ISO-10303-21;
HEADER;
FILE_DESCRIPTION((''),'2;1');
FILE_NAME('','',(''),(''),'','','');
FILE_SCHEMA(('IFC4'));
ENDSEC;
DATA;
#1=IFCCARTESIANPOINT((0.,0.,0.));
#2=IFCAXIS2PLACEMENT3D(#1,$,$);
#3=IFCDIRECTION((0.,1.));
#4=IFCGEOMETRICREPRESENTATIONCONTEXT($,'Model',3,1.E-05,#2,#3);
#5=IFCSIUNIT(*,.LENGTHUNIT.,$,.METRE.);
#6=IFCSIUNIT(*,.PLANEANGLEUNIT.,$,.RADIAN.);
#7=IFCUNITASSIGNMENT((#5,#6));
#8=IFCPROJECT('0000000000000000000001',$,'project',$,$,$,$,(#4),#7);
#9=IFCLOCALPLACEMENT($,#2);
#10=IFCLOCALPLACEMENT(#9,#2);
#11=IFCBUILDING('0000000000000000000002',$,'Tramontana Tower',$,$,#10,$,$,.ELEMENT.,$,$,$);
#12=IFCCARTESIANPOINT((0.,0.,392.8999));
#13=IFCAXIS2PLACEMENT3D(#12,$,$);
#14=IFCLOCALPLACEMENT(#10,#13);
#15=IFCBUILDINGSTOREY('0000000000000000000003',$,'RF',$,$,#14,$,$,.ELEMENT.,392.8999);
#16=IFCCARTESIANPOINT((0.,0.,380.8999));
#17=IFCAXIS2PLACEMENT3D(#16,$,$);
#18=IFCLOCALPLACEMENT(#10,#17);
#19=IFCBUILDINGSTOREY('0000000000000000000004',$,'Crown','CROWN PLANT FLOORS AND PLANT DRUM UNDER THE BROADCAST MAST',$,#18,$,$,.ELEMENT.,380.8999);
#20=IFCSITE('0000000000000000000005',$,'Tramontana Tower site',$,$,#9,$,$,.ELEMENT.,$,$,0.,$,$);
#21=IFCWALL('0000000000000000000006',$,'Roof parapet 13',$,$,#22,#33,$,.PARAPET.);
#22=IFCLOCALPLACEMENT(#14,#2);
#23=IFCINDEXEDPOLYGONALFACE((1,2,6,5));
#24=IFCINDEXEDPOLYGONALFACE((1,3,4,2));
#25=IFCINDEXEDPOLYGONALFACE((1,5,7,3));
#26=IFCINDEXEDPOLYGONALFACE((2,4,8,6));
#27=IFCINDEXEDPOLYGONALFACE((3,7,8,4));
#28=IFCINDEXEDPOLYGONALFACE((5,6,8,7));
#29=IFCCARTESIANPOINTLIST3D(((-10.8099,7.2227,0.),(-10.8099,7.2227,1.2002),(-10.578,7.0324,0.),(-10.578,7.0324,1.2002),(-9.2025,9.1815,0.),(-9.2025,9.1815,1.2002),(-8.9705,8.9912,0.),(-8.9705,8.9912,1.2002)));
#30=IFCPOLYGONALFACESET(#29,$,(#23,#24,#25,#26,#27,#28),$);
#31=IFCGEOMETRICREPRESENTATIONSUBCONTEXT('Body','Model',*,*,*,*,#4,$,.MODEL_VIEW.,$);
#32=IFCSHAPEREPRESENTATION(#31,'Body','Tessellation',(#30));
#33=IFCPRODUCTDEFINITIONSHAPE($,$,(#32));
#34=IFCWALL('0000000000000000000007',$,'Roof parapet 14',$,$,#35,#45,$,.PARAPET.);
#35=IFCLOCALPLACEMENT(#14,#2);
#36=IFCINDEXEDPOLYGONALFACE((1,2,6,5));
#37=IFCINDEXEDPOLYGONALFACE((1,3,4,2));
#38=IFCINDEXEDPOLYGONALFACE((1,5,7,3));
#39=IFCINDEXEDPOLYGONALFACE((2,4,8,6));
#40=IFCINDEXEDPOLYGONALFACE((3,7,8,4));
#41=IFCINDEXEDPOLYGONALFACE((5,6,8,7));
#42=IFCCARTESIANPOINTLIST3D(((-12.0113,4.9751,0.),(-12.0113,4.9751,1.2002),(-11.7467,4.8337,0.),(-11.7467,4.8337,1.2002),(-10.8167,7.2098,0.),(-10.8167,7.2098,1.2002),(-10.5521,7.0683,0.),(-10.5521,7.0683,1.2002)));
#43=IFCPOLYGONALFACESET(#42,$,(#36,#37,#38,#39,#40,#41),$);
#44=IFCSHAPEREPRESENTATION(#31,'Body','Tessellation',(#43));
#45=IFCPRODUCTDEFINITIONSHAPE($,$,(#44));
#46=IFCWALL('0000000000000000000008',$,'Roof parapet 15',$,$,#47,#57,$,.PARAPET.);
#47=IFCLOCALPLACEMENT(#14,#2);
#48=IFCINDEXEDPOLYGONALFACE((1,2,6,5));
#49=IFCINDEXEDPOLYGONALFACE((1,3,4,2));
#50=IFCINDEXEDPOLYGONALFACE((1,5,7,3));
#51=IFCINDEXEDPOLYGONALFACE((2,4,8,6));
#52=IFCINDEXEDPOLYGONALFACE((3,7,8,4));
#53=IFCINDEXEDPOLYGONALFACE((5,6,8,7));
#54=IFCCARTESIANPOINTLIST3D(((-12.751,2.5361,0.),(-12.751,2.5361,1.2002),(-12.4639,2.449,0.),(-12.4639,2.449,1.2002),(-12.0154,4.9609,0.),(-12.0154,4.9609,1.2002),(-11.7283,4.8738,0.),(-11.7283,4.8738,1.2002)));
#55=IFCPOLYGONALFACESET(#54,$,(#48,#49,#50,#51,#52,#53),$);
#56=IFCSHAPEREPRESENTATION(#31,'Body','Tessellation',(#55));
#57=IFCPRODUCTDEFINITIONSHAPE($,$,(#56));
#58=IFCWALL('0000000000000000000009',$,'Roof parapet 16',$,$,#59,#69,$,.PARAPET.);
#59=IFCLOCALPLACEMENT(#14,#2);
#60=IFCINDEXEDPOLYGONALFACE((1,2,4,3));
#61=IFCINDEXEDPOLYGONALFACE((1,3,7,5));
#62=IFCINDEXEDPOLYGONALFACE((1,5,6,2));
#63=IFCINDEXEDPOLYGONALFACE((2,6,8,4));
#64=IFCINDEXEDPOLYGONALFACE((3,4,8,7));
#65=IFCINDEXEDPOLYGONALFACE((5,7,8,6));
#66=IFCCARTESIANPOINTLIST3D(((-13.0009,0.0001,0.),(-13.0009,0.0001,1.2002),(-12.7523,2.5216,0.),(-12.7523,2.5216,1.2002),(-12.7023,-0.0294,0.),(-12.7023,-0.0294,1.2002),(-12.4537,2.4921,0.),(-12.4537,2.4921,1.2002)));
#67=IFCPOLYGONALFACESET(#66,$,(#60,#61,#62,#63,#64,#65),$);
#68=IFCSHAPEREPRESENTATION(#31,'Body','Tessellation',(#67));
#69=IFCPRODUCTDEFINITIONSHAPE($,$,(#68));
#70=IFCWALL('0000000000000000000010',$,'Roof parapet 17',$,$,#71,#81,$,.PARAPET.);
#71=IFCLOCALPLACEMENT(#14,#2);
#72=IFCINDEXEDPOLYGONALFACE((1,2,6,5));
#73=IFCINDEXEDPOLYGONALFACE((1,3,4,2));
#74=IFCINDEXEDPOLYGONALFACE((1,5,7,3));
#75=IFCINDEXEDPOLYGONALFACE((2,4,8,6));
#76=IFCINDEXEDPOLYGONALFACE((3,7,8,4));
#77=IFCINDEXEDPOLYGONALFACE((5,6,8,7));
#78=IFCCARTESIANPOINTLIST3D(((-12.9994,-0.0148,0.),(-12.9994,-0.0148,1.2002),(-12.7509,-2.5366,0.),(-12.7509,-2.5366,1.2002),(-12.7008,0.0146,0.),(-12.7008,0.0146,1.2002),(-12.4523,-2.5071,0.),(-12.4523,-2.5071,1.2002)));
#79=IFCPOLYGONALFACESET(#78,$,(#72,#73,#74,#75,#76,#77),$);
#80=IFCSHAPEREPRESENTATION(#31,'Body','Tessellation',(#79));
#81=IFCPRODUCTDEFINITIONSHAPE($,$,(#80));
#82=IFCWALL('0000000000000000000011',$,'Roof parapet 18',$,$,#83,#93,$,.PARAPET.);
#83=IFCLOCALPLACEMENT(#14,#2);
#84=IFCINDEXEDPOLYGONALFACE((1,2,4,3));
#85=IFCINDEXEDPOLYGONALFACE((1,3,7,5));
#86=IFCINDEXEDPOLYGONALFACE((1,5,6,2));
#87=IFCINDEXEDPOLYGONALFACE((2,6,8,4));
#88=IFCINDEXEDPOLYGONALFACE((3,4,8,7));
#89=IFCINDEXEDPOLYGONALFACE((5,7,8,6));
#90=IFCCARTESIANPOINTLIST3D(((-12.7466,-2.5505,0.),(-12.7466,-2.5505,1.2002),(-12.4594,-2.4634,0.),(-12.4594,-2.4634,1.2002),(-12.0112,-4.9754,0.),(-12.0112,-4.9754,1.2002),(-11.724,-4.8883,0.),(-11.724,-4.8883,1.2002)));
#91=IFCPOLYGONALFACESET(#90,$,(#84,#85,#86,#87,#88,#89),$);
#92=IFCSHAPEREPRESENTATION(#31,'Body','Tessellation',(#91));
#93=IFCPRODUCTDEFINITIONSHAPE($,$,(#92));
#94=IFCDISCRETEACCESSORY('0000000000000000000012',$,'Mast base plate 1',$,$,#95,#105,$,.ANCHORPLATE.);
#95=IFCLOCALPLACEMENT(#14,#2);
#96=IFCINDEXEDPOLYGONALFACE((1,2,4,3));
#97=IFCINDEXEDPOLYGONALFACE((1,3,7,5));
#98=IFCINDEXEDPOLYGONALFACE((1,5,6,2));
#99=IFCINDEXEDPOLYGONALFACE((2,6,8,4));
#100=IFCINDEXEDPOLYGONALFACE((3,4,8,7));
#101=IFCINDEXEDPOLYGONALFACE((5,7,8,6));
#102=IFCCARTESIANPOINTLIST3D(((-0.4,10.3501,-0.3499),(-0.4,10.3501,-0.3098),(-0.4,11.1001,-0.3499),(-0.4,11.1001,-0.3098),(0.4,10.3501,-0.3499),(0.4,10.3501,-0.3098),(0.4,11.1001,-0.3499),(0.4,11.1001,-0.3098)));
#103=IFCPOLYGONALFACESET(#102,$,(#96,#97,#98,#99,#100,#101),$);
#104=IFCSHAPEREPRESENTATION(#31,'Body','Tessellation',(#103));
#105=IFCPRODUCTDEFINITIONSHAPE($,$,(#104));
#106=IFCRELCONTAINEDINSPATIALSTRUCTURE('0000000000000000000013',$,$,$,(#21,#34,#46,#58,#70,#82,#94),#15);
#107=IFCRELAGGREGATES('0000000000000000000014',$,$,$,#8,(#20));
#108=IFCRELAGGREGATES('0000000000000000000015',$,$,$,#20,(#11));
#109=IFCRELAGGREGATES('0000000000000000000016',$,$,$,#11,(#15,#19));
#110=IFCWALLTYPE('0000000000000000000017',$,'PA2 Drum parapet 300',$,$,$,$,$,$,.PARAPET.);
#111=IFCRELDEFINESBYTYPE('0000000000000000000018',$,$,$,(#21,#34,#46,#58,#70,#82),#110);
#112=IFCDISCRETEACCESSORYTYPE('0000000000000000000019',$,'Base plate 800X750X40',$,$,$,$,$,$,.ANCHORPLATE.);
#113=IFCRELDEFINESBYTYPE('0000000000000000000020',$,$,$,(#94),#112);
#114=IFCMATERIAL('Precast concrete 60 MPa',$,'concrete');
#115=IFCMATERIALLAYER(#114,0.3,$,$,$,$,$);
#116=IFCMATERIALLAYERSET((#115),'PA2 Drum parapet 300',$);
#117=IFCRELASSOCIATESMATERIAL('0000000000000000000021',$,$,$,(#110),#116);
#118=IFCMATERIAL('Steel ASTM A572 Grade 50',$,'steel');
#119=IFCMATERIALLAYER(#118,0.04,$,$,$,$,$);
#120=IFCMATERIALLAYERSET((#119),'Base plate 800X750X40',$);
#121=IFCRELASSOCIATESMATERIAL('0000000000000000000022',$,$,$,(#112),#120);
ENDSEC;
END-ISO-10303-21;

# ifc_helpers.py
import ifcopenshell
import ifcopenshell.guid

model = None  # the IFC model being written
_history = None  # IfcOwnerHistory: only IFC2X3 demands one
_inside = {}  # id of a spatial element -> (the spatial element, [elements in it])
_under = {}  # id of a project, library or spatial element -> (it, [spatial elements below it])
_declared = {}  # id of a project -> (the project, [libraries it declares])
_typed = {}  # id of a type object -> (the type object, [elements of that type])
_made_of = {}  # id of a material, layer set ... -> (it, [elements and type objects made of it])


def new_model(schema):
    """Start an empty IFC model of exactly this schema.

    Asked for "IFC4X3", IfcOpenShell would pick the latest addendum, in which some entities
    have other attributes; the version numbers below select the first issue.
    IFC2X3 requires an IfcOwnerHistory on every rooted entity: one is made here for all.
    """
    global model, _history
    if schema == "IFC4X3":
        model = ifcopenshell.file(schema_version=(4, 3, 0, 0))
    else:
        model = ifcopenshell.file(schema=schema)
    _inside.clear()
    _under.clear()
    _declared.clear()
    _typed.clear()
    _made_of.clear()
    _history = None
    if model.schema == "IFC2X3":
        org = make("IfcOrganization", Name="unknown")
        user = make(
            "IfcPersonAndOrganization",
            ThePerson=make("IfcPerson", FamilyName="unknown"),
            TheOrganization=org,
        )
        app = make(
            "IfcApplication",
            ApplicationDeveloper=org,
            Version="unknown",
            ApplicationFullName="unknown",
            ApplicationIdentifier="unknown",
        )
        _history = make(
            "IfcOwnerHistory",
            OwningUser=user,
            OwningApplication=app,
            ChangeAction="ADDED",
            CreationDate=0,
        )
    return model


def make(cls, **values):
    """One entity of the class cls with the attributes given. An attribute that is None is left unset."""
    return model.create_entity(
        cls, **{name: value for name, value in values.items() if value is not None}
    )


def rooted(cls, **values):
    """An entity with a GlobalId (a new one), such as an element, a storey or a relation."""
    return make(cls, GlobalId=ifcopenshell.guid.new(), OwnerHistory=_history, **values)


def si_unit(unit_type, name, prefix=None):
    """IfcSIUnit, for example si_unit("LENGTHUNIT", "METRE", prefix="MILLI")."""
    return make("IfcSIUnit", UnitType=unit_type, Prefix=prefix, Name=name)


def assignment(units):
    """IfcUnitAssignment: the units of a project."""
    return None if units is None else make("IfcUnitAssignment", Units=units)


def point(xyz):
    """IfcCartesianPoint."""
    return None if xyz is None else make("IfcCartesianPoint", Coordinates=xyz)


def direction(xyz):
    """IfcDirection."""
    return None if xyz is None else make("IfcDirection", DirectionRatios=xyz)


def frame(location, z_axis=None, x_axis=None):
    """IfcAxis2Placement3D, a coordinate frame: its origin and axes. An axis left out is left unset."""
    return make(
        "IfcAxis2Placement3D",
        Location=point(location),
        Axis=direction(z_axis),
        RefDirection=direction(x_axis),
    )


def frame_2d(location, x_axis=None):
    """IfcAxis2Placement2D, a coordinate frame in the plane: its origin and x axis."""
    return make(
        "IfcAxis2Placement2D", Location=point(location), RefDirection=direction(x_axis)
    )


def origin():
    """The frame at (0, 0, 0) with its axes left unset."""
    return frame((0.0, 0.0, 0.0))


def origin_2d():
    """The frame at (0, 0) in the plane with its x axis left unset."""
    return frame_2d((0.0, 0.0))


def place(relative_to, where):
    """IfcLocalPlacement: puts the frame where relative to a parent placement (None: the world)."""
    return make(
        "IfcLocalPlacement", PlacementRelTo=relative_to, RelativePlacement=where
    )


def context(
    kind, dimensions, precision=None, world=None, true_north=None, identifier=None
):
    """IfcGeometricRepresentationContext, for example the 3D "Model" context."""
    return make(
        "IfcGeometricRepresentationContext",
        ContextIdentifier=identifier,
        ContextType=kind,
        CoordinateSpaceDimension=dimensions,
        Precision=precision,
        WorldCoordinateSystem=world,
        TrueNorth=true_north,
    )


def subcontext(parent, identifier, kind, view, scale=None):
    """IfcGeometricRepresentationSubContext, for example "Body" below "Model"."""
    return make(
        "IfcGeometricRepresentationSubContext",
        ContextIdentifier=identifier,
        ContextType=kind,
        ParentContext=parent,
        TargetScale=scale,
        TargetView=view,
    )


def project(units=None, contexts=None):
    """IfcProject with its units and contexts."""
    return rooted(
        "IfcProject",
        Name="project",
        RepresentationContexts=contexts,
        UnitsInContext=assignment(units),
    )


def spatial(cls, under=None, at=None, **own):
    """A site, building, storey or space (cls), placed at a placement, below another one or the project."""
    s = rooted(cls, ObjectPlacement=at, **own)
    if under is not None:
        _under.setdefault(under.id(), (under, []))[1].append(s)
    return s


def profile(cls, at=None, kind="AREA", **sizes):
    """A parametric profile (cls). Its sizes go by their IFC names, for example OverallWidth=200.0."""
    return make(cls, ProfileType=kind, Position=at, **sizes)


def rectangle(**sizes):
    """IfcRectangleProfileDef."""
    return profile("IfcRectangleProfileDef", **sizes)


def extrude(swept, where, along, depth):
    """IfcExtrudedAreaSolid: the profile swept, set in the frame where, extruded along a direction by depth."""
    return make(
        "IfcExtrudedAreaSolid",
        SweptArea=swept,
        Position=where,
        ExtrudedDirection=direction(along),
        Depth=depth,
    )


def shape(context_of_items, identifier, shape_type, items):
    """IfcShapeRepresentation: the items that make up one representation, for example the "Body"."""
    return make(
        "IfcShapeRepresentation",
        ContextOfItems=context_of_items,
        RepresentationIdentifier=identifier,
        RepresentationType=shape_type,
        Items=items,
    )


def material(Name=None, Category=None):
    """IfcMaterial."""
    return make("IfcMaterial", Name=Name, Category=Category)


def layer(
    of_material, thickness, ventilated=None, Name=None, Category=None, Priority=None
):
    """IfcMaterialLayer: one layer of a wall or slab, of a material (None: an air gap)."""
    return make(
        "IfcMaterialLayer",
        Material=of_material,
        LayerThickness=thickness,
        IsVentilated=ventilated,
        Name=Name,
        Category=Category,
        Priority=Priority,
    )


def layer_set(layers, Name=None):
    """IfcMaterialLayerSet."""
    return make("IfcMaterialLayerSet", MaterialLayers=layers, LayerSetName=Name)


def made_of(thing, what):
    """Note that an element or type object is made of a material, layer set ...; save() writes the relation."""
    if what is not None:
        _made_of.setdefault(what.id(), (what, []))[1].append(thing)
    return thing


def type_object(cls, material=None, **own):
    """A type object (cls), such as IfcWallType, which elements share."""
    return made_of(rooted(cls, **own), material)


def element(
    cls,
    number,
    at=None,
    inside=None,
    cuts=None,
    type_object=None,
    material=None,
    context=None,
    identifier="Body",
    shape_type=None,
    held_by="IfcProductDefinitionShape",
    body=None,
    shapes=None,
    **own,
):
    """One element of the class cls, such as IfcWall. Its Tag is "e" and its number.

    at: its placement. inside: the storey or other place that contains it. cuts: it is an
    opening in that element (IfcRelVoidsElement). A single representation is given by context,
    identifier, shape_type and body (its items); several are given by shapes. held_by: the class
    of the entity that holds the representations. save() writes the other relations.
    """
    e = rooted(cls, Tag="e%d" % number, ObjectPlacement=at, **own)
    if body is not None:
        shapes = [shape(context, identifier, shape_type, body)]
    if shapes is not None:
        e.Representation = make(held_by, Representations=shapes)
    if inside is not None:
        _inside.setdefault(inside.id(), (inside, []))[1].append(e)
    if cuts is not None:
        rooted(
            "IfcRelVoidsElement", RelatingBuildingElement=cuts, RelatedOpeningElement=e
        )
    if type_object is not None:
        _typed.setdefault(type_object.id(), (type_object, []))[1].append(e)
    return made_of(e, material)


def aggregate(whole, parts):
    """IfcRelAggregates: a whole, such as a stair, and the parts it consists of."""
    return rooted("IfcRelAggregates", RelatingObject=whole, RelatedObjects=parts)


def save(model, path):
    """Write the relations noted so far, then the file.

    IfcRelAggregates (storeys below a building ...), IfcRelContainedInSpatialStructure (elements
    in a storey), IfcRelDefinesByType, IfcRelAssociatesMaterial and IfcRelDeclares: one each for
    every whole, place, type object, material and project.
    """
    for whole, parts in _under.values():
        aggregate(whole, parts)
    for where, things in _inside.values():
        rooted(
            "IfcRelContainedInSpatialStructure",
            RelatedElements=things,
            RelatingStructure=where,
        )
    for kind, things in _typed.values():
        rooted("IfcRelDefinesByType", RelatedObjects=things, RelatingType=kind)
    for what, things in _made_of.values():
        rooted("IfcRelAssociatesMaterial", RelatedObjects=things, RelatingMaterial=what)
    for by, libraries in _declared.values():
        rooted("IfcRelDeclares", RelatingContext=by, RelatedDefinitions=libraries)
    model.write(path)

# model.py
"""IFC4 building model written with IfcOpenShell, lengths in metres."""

from ifc_helpers import new_model, si_unit, direction, frame, frame_2d, origin, origin_2d, place, context, subcontext, project, spatial, rectangle, extrude, material, layer, layer_set, type_object, element, save


model = new_model("IFC4")

# Units and contexts
model_context = context("Model", 3, precision=1e-05, world=origin(), true_north=direction((0.0, 1.0)))
body_context = subcontext(model_context, "Body", "Model", "MODEL_VIEW")
ifc_project = project(units=[si_unit("LENGTHUNIT", "METRE"), si_unit("PLANEANGLEUNIT", "RADIAN")], contexts=[model_context])

# Site, building, storey
site_placement = place(None, origin())
site = spatial("IfcSite", under=ifc_project, at=site_placement, Name="Tramontana Tower site", CompositionType="ELEMENT", RefElevation=0.0)
building_placement = place(site_placement, origin())
building = spatial("IfcBuilding", under=site, at=building_placement, Name="Tramontana Tower", CompositionType="ELEMENT")
storey_1_placement = place(building_placement, frame((0.0, 0.0, 392.8999)))
storey_1 = spatial("IfcBuildingStorey", under=building, at=storey_1_placement, Name="RF", CompositionType="ELEMENT", Elevation=392.8999)

# Shared definitions
storey_2_placement = place(building_placement, frame((0.0, 0.0, 380.8999)))
storey_2 = spatial("IfcBuildingStorey", under=building, at=storey_2_placement, Name="Crown", Description="CROWN PLANT FLOORS AND PLANT DRUM UNDER THE BROADCAST MAST", CompositionType="ELEMENT", Elevation=380.8999)

# Walls
ifc_material_1 = material(Name="Precast concrete 60 MPa", Category="concrete")
ifc_layer_1 = layer(ifc_material_1, 0.3)
ifc_layer_set_1 = layer_set([ifc_layer_1], Name="PA2 Drum parapet 300")
wall_type_1 = type_object("IfcWallType", Name="PA2 Drum parapet 300", PredefinedType="PARAPET", material=ifc_layer_set_1)
for number, where, z_axis, x_axis, name in (
    (1, (-9.0864, 9.0864, 0.0), (0.0, 0.0, 1.0), (-0.634376, -0.773025, 0.0), "Roof parapet 13"),
    (2, (-10.6843, 7.1392, 0.0), (0.0, 0.0, 1.0), (-0.471443, -0.881896, 0.0), "Roof parapet 14"),
    (3, (-11.8718, 4.9175, 0.0), (0.0, 0.0, 1.0), (-0.290299, -0.956936, 0.0), "Roof parapet 15"),
):
    element("IfcWall", number, at=place(storey_1_placement, frame(where, z_axis=z_axis, x_axis=x_axis)), inside=storey_1, type_object=wall_type_1, Name=name, PredefinedType="PARAPET", context=body_context, shape_type="SweptSolid", body=[
        extrude(rectangle(XDim=2.5339, YDim=0.3, at=frame_2d((1.2671, 0.0))), origin(), (0.0, 0.0, 1.0), 1.2002),
    ])
wall_1_placement = place(storey_1_placement, frame((-12.603, 2.5068, 0.0), z_axis=(0.0, 0.0, 1.0), x_axis=(-0.098092, -0.995177, 0.0)))
element("IfcWall", 4, at=wall_1_placement, inside=storey_1, type_object=wall_type_1, Name="Roof parapet 16", PredefinedType="PARAPET", context=body_context, shape_type="SweptSolid", body=[
    extrude(rectangle(XDim=2.5337, YDim=0.3, at=frame_2d((1.2668, 0.0))), origin(), (0.0, 0.0, 1.0), 1.2002),
])
for number, where, z_axis, x_axis, name in (
    (5, (-12.8501, 0.0, 0.0), (0.0, 0.0, 1.0), (0.098082, -0.995178, 0.0), "Roof parapet 17"),
    (6, (-12.603, -2.5068, 0.0), (0.0, 0.0, 1.0), (0.290211, -0.956963, 0.0), "Roof parapet 18"),
):
    element("IfcWall", number, at=place(storey_1_placement, frame(where, z_axis=z_axis, x_axis=x_axis)), inside=storey_1, type_object=wall_type_1, Name=name, PredefinedType="PARAPET", context=body_context, shape_type="SweptSolid", body=[
        extrude(rectangle(XDim=2.5339, YDim=0.3, at=frame_2d((1.2671, 0.0))), origin(), (0.0, 0.0, 1.0), 1.2002),
    ])

# Discrete accessory
ifc_material_2 = material(Name="Steel ASTM A572 Grade 50", Category="steel")
ifc_layer_2 = layer(ifc_material_2, 0.04)
ifc_layer_set_2 = layer_set([ifc_layer_2], Name="Base plate 800X750X40")
discrete_accessory_type = type_object("IfcDiscreteAccessoryType", Name="Base plate 800X750X40", PredefinedType="ANCHORPLATE", material=ifc_layer_set_2)
discrete_accessory_placement = place(storey_1_placement, frame((0.0, 10.7251, -0.3499), z_axis=(0.0, 0.0, 1.0), x_axis=(-1.0, 0.0, 0.0)))
element("IfcDiscreteAccessory", 7, at=discrete_accessory_placement, inside=storey_1, type_object=discrete_accessory_type, Name="Mast base plate 1", PredefinedType="ANCHORPLATE", context=body_context, shape_type="SweptSolid", body=[
    extrude(rectangle(XDim=0.8, YDim=0.75, at=origin_2d()), origin(), (0.0, 0.0, 1.0), 0.04),
])

save(model, "model.ifc")
